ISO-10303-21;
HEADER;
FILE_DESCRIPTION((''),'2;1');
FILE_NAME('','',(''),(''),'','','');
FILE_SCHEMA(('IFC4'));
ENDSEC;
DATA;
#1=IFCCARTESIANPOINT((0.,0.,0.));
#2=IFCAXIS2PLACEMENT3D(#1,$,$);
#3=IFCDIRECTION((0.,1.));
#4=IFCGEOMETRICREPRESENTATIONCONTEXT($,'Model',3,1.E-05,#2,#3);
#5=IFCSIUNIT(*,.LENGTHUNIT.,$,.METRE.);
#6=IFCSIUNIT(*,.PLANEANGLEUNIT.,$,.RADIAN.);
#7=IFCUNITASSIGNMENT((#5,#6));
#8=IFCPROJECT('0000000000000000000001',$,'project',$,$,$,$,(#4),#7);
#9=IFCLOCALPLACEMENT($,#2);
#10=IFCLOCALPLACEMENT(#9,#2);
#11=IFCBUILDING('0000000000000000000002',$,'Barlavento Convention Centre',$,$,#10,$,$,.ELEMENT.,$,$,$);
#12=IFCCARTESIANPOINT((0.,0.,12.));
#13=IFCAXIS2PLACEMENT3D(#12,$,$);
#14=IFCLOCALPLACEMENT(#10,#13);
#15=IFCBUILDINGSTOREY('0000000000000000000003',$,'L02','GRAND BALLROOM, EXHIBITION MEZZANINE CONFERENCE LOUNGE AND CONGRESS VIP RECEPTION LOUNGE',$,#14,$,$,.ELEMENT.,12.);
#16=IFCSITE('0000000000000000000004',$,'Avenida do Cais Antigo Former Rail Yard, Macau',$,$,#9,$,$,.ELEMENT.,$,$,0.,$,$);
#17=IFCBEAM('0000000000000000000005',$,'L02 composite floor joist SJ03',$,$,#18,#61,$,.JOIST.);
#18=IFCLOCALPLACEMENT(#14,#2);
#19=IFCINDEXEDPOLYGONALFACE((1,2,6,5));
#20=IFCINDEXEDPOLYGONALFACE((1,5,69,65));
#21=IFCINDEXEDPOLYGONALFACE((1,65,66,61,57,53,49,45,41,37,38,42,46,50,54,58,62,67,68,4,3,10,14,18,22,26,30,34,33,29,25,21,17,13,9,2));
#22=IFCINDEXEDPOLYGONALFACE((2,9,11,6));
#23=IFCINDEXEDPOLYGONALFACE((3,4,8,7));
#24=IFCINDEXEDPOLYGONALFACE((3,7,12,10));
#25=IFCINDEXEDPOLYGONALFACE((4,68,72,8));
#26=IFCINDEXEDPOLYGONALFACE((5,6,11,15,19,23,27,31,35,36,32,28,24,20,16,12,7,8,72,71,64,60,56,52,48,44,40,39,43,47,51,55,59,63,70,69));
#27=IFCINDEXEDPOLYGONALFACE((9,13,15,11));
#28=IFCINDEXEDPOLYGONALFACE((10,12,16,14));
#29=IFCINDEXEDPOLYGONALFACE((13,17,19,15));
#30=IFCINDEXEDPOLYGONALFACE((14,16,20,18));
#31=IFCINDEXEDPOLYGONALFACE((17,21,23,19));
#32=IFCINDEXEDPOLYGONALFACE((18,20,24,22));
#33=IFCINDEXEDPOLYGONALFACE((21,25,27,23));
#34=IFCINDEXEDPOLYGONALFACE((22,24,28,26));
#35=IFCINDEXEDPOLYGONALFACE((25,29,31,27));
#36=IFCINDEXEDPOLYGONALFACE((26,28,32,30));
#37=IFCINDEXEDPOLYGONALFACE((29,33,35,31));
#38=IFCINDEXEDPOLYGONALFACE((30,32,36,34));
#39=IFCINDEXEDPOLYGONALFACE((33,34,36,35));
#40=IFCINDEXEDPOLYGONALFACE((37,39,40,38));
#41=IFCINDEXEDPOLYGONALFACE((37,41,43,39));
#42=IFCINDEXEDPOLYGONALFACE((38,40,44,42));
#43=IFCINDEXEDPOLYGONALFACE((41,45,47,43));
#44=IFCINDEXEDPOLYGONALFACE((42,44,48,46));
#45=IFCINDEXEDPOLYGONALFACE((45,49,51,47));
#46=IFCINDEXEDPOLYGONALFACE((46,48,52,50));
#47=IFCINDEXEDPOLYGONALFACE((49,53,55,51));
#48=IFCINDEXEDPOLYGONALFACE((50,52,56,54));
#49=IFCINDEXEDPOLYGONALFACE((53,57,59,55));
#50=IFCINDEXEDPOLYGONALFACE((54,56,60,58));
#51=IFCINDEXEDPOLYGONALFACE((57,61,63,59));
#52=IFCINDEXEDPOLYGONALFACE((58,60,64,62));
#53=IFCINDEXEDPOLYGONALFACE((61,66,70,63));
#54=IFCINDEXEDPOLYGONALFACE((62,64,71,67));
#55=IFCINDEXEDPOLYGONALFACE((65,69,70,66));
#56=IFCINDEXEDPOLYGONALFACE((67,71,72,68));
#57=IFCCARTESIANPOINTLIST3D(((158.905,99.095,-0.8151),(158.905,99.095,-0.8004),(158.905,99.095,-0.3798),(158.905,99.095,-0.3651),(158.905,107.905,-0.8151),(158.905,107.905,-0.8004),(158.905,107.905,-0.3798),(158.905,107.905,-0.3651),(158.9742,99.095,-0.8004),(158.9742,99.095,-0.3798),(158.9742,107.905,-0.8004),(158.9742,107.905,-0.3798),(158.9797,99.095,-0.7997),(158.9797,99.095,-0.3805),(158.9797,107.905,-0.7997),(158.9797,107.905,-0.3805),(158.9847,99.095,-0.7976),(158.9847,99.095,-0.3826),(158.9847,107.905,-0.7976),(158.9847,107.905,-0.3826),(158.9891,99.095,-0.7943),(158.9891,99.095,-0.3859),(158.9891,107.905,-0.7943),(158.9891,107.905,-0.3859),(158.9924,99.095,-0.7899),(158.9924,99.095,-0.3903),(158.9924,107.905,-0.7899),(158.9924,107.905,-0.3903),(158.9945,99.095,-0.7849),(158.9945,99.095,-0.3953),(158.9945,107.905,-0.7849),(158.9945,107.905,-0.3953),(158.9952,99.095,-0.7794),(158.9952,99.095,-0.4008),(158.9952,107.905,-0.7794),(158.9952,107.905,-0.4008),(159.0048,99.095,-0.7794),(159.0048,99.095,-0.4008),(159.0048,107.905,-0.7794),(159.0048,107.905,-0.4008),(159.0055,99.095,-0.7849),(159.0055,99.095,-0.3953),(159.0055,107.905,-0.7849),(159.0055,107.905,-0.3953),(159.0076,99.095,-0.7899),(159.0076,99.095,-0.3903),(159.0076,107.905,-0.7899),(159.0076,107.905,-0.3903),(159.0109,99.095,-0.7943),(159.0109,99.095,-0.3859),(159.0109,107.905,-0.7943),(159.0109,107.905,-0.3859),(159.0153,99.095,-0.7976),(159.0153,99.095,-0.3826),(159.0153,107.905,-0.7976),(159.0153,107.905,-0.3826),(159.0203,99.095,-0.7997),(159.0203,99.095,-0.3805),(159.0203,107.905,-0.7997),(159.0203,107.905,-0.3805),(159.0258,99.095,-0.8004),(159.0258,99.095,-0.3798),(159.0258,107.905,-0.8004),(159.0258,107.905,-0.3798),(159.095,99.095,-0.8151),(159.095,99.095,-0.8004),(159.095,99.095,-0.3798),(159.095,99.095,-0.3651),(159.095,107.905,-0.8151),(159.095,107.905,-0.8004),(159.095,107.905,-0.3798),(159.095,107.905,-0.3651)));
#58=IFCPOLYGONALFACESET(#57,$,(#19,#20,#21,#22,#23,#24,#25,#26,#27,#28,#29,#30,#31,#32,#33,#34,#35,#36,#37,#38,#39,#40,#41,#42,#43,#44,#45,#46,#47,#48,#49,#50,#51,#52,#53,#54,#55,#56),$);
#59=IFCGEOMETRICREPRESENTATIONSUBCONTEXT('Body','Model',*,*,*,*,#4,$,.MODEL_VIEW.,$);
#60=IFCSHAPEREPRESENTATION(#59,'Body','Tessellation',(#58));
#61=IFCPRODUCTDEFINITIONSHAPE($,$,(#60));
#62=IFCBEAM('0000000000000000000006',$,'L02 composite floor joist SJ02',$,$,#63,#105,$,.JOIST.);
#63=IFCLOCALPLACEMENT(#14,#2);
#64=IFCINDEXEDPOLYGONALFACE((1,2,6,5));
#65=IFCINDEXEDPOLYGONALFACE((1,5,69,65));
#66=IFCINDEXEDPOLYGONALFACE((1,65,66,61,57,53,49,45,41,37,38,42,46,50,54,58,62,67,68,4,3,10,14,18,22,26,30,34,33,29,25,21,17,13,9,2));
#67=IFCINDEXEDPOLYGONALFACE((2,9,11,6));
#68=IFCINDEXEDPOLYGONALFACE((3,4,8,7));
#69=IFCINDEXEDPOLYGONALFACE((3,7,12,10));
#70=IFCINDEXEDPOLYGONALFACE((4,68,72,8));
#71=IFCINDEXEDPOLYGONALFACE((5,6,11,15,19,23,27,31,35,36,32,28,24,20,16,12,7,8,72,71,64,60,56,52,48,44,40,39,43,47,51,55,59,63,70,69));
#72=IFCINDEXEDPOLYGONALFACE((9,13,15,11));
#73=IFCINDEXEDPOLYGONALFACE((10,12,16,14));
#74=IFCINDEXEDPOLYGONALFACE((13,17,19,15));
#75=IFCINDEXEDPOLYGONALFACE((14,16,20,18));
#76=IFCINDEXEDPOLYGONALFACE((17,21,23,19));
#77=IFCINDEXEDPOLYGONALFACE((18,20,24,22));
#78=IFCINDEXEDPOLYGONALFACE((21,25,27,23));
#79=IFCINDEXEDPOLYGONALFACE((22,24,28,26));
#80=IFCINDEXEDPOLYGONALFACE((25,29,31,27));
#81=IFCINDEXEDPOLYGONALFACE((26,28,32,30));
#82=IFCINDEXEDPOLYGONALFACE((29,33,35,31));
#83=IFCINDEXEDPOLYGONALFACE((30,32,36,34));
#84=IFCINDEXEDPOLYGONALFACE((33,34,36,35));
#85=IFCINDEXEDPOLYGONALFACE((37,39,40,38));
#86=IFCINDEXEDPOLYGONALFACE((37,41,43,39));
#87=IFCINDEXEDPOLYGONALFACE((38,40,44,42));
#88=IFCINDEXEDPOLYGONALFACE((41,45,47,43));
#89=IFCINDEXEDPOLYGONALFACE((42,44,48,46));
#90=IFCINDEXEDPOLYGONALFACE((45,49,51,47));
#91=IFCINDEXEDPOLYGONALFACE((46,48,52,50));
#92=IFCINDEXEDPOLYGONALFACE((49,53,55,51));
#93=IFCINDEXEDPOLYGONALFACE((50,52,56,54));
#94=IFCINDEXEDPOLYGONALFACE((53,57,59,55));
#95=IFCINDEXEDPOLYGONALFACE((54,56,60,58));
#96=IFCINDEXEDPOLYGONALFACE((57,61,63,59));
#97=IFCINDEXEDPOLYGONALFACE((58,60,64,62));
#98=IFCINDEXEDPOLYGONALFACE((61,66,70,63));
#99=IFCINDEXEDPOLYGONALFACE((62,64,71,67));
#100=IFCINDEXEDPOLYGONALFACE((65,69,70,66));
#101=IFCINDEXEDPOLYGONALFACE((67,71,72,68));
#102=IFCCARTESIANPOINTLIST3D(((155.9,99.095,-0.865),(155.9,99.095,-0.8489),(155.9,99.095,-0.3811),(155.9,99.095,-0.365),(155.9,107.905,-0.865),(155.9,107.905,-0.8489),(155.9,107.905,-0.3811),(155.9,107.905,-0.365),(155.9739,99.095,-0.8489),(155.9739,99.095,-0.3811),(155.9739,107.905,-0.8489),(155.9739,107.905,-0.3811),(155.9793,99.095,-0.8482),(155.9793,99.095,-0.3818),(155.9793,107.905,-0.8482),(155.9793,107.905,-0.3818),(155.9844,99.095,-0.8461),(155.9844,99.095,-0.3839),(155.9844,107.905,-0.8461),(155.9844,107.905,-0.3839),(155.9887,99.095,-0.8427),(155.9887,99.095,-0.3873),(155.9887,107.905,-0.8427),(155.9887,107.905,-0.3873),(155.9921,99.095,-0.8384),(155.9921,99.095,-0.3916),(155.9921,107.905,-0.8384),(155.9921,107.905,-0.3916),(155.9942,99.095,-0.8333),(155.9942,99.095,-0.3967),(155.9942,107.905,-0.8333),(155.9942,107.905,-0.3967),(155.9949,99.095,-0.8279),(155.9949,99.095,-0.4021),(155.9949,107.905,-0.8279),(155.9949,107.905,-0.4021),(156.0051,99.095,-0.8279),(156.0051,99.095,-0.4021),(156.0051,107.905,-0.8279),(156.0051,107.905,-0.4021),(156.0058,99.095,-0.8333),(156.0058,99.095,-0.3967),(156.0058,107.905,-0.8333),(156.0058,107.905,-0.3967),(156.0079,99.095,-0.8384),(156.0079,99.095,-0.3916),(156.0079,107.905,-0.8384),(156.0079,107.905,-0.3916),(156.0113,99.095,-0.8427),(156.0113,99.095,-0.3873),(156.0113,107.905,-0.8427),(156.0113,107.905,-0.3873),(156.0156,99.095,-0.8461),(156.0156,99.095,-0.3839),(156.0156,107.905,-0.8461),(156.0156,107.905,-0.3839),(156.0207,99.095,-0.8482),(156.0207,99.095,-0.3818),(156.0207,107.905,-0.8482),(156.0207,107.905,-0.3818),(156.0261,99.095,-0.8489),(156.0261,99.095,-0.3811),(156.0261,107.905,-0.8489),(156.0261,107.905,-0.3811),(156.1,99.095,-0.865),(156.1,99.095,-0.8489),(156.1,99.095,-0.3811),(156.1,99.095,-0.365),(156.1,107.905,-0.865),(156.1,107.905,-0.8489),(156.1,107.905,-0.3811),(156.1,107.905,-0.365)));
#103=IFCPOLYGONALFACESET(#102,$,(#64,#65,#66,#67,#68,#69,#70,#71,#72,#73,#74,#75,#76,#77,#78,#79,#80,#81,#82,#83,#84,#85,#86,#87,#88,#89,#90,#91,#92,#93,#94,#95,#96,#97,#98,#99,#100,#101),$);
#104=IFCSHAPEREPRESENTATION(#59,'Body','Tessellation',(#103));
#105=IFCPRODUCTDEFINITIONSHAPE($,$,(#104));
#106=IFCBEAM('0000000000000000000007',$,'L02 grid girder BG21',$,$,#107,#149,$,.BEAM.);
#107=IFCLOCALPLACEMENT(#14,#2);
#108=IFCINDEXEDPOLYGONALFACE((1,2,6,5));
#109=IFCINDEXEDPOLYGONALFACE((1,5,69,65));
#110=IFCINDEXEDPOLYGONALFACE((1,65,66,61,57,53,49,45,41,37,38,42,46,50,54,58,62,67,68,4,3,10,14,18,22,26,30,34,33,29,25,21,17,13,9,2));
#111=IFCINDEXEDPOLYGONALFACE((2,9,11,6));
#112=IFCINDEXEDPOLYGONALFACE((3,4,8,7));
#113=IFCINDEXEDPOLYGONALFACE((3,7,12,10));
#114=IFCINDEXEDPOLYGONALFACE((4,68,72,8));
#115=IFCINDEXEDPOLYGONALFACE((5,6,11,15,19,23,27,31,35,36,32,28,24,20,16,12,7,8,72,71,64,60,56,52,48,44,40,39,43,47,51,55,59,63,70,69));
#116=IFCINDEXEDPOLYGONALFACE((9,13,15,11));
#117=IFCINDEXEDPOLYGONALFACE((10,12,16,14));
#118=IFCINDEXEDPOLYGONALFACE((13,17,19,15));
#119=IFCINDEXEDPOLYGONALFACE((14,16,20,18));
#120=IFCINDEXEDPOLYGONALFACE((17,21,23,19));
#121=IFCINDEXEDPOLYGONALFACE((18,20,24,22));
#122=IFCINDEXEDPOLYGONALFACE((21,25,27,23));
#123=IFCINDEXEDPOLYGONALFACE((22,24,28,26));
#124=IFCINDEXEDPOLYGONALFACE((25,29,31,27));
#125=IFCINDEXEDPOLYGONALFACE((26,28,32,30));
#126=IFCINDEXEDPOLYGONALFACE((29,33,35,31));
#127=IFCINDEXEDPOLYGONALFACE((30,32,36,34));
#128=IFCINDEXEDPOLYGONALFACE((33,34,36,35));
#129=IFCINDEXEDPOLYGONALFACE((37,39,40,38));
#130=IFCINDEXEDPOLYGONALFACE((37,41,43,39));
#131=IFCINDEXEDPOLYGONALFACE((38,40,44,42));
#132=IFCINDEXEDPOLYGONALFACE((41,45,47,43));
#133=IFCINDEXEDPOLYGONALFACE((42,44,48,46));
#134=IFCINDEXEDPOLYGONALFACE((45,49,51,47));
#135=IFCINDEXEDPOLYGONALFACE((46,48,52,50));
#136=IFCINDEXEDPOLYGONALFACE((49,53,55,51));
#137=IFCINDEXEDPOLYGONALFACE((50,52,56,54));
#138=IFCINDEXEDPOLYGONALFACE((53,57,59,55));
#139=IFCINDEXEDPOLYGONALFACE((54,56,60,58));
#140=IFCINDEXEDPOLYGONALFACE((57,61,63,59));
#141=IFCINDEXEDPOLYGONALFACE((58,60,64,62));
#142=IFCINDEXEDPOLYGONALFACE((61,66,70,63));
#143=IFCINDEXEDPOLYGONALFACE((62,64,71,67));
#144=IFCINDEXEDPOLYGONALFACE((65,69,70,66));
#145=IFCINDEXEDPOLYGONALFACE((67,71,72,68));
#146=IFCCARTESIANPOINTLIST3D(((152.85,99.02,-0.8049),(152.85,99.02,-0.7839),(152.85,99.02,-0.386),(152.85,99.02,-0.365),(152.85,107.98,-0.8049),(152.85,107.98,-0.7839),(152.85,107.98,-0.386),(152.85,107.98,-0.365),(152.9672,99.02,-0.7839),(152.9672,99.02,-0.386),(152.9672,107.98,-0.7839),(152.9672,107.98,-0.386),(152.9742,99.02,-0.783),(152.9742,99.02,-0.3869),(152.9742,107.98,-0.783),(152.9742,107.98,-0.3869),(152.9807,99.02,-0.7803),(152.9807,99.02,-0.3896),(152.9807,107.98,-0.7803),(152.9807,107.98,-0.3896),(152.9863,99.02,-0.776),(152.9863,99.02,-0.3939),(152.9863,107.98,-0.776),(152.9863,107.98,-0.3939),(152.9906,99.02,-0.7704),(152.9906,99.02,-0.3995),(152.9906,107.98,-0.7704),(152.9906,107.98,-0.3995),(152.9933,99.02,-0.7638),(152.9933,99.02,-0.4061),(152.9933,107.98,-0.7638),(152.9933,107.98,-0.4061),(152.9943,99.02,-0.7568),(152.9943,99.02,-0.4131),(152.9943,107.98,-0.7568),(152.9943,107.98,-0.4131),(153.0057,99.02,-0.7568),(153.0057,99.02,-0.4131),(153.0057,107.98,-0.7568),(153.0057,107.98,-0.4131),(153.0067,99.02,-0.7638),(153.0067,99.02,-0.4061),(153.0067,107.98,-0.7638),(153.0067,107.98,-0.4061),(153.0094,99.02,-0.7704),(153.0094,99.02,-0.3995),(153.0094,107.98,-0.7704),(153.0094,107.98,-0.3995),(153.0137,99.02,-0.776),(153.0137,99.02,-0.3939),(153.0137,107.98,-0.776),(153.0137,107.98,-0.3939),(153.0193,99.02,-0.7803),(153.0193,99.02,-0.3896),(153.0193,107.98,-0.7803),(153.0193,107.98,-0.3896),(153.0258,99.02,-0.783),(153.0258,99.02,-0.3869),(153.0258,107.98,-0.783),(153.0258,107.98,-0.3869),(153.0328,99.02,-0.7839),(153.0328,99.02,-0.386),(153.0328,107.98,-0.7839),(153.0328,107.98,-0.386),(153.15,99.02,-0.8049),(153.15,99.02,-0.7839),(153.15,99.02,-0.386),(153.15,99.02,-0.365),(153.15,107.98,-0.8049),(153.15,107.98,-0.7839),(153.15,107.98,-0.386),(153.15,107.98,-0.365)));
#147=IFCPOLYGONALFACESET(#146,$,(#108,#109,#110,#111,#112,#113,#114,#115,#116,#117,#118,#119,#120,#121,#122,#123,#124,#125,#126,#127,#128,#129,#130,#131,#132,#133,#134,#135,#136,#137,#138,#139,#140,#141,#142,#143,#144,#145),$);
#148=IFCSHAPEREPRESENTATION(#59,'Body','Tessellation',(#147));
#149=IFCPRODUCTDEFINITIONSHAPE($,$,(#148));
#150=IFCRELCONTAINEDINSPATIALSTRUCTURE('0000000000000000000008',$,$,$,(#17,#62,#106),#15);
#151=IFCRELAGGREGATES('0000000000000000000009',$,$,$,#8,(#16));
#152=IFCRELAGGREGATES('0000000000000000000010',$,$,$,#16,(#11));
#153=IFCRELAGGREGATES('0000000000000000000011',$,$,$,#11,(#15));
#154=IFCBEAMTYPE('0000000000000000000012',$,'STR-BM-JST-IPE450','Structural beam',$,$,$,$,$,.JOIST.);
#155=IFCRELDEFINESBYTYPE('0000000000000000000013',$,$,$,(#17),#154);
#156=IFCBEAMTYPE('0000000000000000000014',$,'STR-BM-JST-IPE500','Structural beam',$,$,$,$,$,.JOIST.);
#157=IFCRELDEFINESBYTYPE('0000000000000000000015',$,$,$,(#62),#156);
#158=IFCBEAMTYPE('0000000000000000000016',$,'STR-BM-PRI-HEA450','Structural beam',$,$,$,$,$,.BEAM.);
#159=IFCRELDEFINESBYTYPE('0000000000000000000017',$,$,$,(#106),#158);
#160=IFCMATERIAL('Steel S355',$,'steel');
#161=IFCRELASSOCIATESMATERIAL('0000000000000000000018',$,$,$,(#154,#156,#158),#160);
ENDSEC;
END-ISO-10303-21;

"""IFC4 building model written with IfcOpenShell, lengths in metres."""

from ifc_helpers import new_model, si_unit, direction, frame, origin, origin_2d, place, context, subcontext, project, spatial, i_section, extrude, material, material_profile, profile_set, type_object, element, save


model = new_model("IFC4")

# Units and contexts
model_context = context("Model", 3, precision=1e-05, world=origin(), true_north=direction((0.0, 1.0)))
body_context = subcontext(model_context, "Body", "Model", "MODEL_VIEW")
ifc_project = project(units=[si_unit("LENGTHUNIT", "METRE"), si_unit("PLANEANGLEUNIT", "RADIAN")], contexts=[model_context])

# Site, building, storey
site_placement = place(None, origin())
site = spatial("IfcSite", under=ifc_project, at=site_placement, Name="Avenida do Cais Antigo Former Rail Yard, Macau", CompositionType="ELEMENT", RefElevation=0.0)
building_placement = place(site_placement, origin())
building = spatial("IfcBuilding", under=site, at=building_placement, Name="Barlavento Convention Centre", CompositionType="ELEMENT")
storey_placement = place(building_placement, frame((0.0, 0.0, 12.0)))
storey = spatial("IfcBuildingStorey", under=building, at=storey_placement, Name="L02", Description="GRAND BALLROOM, EXHIBITION MEZZANINE CONFERENCE LOUNGE AND CONGRESS VIP RECEPTION LOUNGE", CompositionType="ELEMENT", Elevation=12.0)

# Shared definitions
ifc_material_1 = material(Name="Steel S355", Category="steel")

# Beams
ifc_material_profile_1 = material_profile(ifc_material_1, i_section(OverallWidth=0.1899, OverallDepth=0.45, WebThickness=0.0095, FlangeThickness=0.0146, FilletRadius=0.021, at=origin_2d()), Name="IPE 450")
ifc_profile_set_1 = profile_set([ifc_material_profile_1], Name="Steel S355")
beam_type_1 = type_object("IfcBeamType", Name="STR-BM-JST-IPE450", Description="Structural beam", PredefinedType="JOIST", material=ifc_profile_set_1)
beam_1_placement = place(storey_placement, frame((159.0, 99.095, -0.5901), z_axis=(0.0, 1.0, 0.0), x_axis=(-1.0, 0.0, 0.0)))
element("IfcBeam", 1, at=beam_1_placement, inside=storey, type_object=beam_type_1, Name="L02 composite floor joist SJ03", PredefinedType="JOIST", context=body_context, shape_type="SweptSolid", body=[
    extrude(i_section(OverallWidth=0.1899, OverallDepth=0.45, WebThickness=0.0095, FlangeThickness=0.0146, FilletRadius=0.021, at=origin_2d()), origin(), (0.0, 0.0, 1.0), 8.8101),
])
ifc_material_profile_2 = material_profile(ifc_material_1, i_section(OverallWidth=0.2, OverallDepth=0.5, WebThickness=0.0103, FlangeThickness=0.0161, FilletRadius=0.021, at=origin_2d()), Name="IPE 500")
ifc_profile_set_2 = profile_set([ifc_material_profile_2], Name="Steel S355")
beam_type_2 = type_object("IfcBeamType", Name="STR-BM-JST-IPE500", Description="Structural beam", PredefinedType="JOIST", material=ifc_profile_set_2)
beam_2_placement = place(storey_placement, frame((156.0, 99.095, -0.615), z_axis=(0.0, 1.0, 0.0), x_axis=(-1.0, 0.0, 0.0)))
element("IfcBeam", 2, at=beam_2_placement, inside=storey, type_object=beam_type_2, Name="L02 composite floor joist SJ02", PredefinedType="JOIST", context=body_context, shape_type="SweptSolid", body=[
    extrude(i_section(OverallWidth=0.2, OverallDepth=0.5, WebThickness=0.0103, FlangeThickness=0.0161, FilletRadius=0.021, at=origin_2d()), origin(), (0.0, 0.0, 1.0), 8.8101),
])
ifc_material_profile_3 = material_profile(ifc_material_1, i_section(OverallWidth=0.3, OverallDepth=0.4399, WebThickness=0.0115, FlangeThickness=0.021, FilletRadius=0.0271, at=origin_2d()), Name="HEA 450")
ifc_profile_set_3 = profile_set([ifc_material_profile_3], Name="Steel S355")
beam_type_3 = type_object("IfcBeamType", Name="STR-BM-PRI-HEA450", Description="Structural beam", PredefinedType="BEAM", material=ifc_profile_set_3)
beam_3_placement = place(storey_placement, frame((153.0, 99.02, -0.585), z_axis=(0.0, 1.0, 0.0), x_axis=(-1.0, 0.0, 0.0)))
element("IfcBeam", 3, at=beam_3_placement, inside=storey, type_object=beam_type_3, Name="L02 grid girder BG21", PredefinedType="BEAM", context=body_context, shape_type="SweptSolid", body=[
    extrude(i_section(OverallWidth=0.3, OverallDepth=0.4399, WebThickness=0.0115, FlangeThickness=0.021, FilletRadius=0.0271, at=origin_2d()), origin(), (0.0, 0.0, 1.0), 8.96),
])

save(model, "model.ifc")
